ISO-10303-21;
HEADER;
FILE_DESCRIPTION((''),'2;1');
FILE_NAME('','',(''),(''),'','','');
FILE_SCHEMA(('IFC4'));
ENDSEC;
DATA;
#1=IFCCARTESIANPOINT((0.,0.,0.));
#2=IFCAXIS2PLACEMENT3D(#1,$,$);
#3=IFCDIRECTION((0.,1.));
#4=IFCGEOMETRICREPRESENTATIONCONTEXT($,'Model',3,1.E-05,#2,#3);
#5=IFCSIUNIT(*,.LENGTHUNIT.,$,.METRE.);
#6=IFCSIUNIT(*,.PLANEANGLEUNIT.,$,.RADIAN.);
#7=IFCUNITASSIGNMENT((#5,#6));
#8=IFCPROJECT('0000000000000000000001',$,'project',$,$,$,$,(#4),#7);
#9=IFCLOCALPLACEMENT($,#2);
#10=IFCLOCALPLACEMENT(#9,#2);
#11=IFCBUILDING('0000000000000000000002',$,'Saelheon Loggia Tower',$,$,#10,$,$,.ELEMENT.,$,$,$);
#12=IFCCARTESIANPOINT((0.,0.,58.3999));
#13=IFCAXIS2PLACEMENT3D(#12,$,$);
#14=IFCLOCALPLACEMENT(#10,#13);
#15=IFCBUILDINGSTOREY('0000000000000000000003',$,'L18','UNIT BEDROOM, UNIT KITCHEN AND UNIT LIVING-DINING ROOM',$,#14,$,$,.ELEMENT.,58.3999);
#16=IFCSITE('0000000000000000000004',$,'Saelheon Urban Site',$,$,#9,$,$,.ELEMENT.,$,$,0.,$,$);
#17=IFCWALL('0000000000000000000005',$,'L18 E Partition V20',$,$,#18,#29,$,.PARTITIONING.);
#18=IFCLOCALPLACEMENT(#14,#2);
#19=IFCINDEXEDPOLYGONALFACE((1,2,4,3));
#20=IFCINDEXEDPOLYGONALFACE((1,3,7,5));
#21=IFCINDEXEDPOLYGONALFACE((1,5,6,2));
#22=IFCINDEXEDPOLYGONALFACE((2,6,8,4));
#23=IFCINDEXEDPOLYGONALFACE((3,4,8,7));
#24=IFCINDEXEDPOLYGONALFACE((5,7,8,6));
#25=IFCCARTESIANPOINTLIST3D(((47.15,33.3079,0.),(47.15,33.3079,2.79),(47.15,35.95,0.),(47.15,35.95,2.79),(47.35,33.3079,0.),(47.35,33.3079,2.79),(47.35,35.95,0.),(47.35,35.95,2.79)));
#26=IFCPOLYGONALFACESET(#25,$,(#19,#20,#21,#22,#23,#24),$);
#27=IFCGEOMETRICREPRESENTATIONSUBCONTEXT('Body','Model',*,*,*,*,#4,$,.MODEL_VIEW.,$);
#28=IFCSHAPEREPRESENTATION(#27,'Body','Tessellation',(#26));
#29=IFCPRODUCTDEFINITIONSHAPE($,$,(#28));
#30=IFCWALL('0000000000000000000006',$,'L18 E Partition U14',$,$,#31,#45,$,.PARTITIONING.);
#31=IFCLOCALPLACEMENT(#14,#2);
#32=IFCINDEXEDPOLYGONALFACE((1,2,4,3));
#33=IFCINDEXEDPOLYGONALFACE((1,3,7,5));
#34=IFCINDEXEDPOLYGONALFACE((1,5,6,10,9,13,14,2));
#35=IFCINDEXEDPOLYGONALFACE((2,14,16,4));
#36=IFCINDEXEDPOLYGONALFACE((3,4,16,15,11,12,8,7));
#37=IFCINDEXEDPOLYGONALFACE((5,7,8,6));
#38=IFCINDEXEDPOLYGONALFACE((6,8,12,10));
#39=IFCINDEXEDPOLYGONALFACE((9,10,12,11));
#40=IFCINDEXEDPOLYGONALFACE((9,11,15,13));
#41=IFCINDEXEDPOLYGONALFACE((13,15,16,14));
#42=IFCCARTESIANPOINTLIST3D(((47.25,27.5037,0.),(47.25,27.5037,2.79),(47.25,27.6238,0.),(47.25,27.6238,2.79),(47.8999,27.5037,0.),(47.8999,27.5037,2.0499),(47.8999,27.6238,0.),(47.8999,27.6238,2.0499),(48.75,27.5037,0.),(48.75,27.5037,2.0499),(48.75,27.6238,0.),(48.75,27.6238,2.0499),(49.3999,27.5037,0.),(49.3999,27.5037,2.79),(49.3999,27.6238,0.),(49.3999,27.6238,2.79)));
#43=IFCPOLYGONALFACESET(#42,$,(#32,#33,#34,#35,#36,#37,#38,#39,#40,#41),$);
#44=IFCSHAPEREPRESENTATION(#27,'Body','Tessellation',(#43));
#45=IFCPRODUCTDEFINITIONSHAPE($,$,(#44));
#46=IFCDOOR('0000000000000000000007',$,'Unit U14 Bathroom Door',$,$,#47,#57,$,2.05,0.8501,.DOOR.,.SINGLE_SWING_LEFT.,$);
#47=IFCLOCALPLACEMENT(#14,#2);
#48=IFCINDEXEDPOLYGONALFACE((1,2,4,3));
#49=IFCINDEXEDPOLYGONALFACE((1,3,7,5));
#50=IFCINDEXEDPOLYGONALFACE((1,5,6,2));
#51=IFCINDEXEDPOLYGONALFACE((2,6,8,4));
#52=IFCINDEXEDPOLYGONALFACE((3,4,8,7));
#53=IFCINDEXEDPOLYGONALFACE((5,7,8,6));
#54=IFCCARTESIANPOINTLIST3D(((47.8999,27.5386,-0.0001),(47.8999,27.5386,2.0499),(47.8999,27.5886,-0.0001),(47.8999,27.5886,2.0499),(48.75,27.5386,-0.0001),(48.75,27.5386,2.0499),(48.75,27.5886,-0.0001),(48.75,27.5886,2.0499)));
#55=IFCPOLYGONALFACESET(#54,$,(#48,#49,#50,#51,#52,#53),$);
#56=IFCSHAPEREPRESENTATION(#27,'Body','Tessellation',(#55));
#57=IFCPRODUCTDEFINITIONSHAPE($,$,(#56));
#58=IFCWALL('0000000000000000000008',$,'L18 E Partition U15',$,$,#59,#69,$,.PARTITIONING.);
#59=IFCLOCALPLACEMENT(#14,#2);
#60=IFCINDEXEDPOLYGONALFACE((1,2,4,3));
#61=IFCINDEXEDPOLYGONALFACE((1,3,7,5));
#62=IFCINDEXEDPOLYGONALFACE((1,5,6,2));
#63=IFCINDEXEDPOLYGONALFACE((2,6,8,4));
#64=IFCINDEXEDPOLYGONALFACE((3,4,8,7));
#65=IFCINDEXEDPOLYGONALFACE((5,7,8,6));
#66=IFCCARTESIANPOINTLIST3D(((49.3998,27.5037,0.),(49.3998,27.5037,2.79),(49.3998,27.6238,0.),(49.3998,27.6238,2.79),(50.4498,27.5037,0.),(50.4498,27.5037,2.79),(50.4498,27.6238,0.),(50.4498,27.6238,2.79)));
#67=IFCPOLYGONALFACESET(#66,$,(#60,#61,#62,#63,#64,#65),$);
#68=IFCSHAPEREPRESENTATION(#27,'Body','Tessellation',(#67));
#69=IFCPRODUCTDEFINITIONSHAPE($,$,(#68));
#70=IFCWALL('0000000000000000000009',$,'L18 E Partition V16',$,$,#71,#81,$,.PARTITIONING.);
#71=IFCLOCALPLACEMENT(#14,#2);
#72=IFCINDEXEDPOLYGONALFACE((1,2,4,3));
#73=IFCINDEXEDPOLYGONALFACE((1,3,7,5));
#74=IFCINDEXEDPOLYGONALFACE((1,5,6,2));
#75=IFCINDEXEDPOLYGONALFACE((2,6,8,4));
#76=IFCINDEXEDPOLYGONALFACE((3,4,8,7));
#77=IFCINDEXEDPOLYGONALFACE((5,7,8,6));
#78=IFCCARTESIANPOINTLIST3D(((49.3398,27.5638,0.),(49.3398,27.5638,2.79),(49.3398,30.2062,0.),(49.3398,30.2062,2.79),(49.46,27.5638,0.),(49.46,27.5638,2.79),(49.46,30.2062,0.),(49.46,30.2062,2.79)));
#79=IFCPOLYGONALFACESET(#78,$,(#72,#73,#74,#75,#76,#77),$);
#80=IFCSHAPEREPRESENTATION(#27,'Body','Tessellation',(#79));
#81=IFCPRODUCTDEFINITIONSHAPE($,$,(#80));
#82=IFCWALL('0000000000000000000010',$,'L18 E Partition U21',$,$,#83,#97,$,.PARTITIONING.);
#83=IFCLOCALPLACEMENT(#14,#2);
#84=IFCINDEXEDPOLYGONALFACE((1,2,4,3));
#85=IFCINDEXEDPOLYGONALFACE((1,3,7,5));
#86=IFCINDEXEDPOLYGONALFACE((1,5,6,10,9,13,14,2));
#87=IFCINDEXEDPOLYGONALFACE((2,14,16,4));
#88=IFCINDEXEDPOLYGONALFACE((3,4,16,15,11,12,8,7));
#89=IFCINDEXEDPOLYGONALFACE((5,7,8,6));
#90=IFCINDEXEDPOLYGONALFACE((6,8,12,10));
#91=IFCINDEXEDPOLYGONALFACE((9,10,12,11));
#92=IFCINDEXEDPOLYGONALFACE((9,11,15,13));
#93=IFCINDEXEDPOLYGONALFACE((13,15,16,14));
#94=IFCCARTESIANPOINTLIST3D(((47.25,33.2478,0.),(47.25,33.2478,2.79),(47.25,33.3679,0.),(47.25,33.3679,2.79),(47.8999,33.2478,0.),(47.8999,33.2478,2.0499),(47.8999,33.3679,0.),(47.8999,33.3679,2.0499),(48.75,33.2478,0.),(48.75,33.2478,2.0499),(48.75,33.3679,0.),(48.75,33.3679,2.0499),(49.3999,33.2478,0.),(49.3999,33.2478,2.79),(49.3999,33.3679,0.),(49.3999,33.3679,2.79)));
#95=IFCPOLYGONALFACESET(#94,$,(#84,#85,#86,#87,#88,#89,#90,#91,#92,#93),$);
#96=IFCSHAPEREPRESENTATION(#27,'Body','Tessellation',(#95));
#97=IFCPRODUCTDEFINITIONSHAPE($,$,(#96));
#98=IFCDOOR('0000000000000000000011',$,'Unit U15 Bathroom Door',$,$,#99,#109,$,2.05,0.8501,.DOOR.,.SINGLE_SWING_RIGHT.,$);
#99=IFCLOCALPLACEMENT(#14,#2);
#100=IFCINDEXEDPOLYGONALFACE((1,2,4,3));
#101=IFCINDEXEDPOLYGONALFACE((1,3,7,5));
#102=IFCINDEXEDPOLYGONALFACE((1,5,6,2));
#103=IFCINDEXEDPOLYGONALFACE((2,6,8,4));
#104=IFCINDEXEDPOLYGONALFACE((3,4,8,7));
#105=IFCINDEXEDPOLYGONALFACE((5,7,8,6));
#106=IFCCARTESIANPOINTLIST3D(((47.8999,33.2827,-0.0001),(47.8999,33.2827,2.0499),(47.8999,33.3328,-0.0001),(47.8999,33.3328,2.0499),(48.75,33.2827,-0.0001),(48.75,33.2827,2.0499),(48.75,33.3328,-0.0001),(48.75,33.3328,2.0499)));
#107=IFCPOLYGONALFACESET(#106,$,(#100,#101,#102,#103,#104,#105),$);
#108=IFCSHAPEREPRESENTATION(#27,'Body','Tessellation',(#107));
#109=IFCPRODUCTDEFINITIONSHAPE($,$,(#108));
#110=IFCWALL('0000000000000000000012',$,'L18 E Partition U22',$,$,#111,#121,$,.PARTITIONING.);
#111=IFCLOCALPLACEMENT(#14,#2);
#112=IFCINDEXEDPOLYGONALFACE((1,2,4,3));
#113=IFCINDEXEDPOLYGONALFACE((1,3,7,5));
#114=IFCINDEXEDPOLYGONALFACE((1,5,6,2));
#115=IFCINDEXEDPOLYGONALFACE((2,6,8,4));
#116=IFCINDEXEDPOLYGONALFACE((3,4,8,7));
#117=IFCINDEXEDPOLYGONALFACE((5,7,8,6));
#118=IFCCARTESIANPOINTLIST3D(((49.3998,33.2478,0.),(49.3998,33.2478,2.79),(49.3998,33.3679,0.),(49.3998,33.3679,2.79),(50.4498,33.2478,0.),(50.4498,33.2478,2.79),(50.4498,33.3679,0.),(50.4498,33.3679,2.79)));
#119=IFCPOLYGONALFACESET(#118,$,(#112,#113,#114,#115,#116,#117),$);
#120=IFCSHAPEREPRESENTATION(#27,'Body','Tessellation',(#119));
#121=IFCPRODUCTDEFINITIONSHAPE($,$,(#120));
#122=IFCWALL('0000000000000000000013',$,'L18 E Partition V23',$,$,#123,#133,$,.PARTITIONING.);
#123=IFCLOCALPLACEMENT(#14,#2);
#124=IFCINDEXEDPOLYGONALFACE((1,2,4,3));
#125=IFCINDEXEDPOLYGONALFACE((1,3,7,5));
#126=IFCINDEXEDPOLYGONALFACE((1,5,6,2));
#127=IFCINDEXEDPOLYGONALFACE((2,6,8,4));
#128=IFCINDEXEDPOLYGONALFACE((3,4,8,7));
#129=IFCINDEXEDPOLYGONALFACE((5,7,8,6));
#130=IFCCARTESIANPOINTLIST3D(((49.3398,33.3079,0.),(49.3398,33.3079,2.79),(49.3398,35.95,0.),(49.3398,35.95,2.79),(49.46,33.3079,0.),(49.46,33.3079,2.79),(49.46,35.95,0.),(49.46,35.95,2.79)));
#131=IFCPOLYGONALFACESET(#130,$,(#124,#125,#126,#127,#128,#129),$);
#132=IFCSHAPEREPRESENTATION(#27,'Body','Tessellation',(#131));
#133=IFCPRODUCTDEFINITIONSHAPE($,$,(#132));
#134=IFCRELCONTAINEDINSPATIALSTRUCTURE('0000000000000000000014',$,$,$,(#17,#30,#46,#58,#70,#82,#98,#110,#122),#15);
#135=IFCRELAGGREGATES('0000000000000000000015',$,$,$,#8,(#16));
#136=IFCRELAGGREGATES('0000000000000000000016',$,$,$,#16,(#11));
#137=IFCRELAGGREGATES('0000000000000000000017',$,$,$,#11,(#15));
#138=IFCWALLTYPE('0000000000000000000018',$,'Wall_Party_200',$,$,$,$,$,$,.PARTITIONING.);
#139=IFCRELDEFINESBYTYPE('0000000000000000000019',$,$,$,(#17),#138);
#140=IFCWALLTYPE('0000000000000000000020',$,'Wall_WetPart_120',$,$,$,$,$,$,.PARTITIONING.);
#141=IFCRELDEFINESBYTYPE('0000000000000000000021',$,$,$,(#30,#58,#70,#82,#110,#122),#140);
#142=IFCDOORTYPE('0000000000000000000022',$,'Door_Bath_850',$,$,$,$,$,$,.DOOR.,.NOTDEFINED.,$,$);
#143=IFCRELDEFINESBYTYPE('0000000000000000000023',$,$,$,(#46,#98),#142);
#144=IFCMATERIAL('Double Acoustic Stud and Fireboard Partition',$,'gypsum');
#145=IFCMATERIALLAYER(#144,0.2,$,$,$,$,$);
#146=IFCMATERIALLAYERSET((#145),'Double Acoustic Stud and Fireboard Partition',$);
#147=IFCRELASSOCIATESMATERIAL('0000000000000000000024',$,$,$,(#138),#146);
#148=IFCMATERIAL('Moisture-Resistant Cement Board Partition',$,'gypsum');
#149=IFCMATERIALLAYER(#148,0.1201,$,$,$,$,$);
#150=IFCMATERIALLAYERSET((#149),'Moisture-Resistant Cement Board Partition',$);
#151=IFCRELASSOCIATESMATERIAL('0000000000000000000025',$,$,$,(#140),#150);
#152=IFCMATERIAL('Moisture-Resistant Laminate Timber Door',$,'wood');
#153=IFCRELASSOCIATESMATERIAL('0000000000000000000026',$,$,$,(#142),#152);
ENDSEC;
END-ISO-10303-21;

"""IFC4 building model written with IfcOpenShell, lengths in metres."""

from ifc_helpers import new_model, si_unit, direction, frame, frame_2d, origin, place, context, subcontext, project, spatial, rectangle, extrude, source, transform, mapped, material, layer, layer_set, type_object, element, fill, save


model = new_model("IFC4")

# Units and contexts
model_context = context("Model", 3, precision=1e-05, world=origin(), true_north=direction((0.0, 1.0)))
body_context = subcontext(model_context, "Body", "Model", "MODEL_VIEW")
ifc_project = project(units=[si_unit("LENGTHUNIT", "METRE"), si_unit("PLANEANGLEUNIT", "RADIAN")], contexts=[model_context])

# Site, building, storey
site_placement = place(None, origin())
site = spatial("IfcSite", under=ifc_project, at=site_placement, Name="Saelheon Urban Site", CompositionType="ELEMENT", RefElevation=0.0)
building_placement = place(site_placement, origin())
building = spatial("IfcBuilding", under=site, at=building_placement, Name="Saelheon Loggia Tower", CompositionType="ELEMENT")
storey_placement = place(building_placement, frame((0.0, 0.0, 58.3999)))
storey = spatial("IfcBuildingStorey", under=building, at=storey_placement, Name="L18", Description="UNIT BEDROOM, UNIT KITCHEN AND UNIT LIVING-DINING ROOM", CompositionType="ELEMENT", Elevation=58.3999)

# Shared definitions
ifc_material_1 = material(Name="Double Acoustic Stud and Fireboard Partition", Category="gypsum")
ifc_layer_1 = layer(ifc_material_1, 0.2)
ifc_layer_set_1 = layer_set([ifc_layer_1], Name="Double Acoustic Stud and Fireboard Partition")
wall_type_1 = type_object("IfcWallType", Name="Wall_Party_200", PredefinedType="PARTITIONING", material=ifc_layer_set_1)

# Wall
wall_1_placement = place(storey_placement, frame((47.25, 33.3079, 0.0), z_axis=(0.0, 0.0, 1.0), x_axis=(0.0, 1.0, 0.0)))
element("IfcWall", 1, at=wall_1_placement, inside=storey, type_object=wall_type_1, Name="L18 E Partition V20", PredefinedType="PARTITIONING", context=body_context, shape_type="SweptSolid", body=[
    extrude(rectangle(XDim=2.6421, YDim=0.2, at=frame_2d((1.321, 0.0))), origin(), (0.0, 0.0, 1.0), 2.79),
])

# Wall, opening, door
ifc_material_2 = material(Name="Moisture-Resistant Cement Board Partition", Category="gypsum")
ifc_layer_2 = layer(ifc_material_2, 0.1201)
ifc_layer_set_2 = layer_set([ifc_layer_2], Name="Moisture-Resistant Cement Board Partition")
wall_type_2 = type_object("IfcWallType", Name="Wall_WetPart_120", PredefinedType="PARTITIONING", material=ifc_layer_set_2)
wall_2_placement = place(storey_placement, frame((47.25, 27.5637, 0.0), z_axis=(0.0, 0.0, 1.0), x_axis=(1.0, 0.0, 0.0)))
wall_2 = element("IfcWall", 2, at=wall_2_placement, inside=storey, type_object=wall_type_2, Name="L18 E Partition U14", PredefinedType="PARTITIONING", context=body_context, shape_type="SweptSolid", body=[
    extrude(rectangle(XDim=2.1499, YDim=0.1201, at=frame_2d((1.075, 0.0))), origin(), (0.0, 0.0, 1.0), 2.79),
])
opening_1_placement = place(wall_2_placement, frame((0.6499, 0.0, 0.0)))
opening_1 = element("IfcOpeningElement", 3, at=opening_1_placement, cuts=wall_2, PredefinedType="OPENING", context=body_context, shape_type="SweptSolid", body=[
    extrude(rectangle(XDim=0.8501, YDim=2.05, at=frame_2d((0.425, 1.0249))), frame((0.0, 0.072, 0.0), z_axis=(0.0, -1.0, 0.0), x_axis=(1.0, 0.0, 0.0)), (0.0, 0.0, 1.0), 0.144),
])
ifc_material_3 = material(Name="Moisture-Resistant Laminate Timber Door", Category="wood")
door_type_1 = type_object("IfcDoorType", Name="Door_Bath_850", OperationType="NOTDEFINED", PredefinedType="DOOR", material=ifc_material_3)
shared_shape_1 = source(origin(), body_context, "Body", "SweptSolid", [
    extrude(rectangle(XDim=0.8501, YDim=2.05, at=frame_2d((0.425, 1.0249))), frame((0.0, 0.0249, 0.0), z_axis=(0.0, -1.0, 0.0), x_axis=(1.0, 0.0, 0.0)), (0.0, 0.0, 1.0), 0.05),
])
door_1_placement = place(opening_1_placement, origin())
door_1 = element("IfcDoor", 4, at=door_1_placement, inside=storey, type_object=door_type_1, Name="Unit U14 Bathroom Door", OperationType="SINGLE_SWING_LEFT", OverallHeight=2.05, OverallWidth=0.8501, PredefinedType="DOOR", context=body_context, shape_type="MappedRepresentation", body=[
    mapped(shared_shape_1, transform((0.0, 0.0, 0.0), scale=1.0)),
])
fill(opening_1, door_1)

# Walls
wall_3_placement = place(storey_placement, frame((49.3999, 27.5637, 0.0), z_axis=(0.0, 0.0, 1.0), x_axis=(1.0, 0.0, 0.0)))
element("IfcWall", 5, at=wall_3_placement, inside=storey, type_object=wall_type_2, Name="L18 E Partition U15", PredefinedType="PARTITIONING", context=body_context, shape_type="SweptSolid", body=[
    extrude(rectangle(XDim=1.05, YDim=0.1201, at=frame_2d((0.5249, 0.0))), origin(), (0.0, 0.0, 1.0), 2.79),
])
wall_4_placement = place(storey_placement, frame((49.3999, 27.5637, 0.0), z_axis=(0.0, 0.0, 1.0), x_axis=(0.0, 1.0, 0.0)))
element("IfcWall", 6, at=wall_4_placement, inside=storey, type_object=wall_type_2, Name="L18 E Partition V16", PredefinedType="PARTITIONING", context=body_context, shape_type="SweptSolid", body=[
    extrude(rectangle(XDim=2.6423, YDim=0.1201, at=frame_2d((1.3213, 0.0))), origin(), (0.0, 0.0, 1.0), 2.79),
])

# Wall, opening, door
wall_5_placement = place(storey_placement, frame((47.25, 33.3079, 0.0), z_axis=(0.0, 0.0, 1.0), x_axis=(1.0, 0.0, 0.0)))
wall_5 = element("IfcWall", 7, at=wall_5_placement, inside=storey, type_object=wall_type_2, Name="L18 E Partition U21", PredefinedType="PARTITIONING", context=body_context, shape_type="SweptSolid", body=[
    extrude(rectangle(XDim=2.1499, YDim=0.1201, at=frame_2d((1.075, 0.0))), origin(), (0.0, 0.0, 1.0), 2.79),
])
opening_2_placement = place(wall_5_placement, frame((0.6499, 0.0, 0.0)))
opening_2 = element("IfcOpeningElement", 8, at=opening_2_placement, cuts=wall_5, PredefinedType="OPENING", context=body_context, shape_type="SweptSolid", body=[
    extrude(rectangle(XDim=0.8501, YDim=2.05, at=frame_2d((0.425, 1.0249))), frame((0.0, 0.072, 0.0), z_axis=(0.0, -1.0, 0.0), x_axis=(1.0, 0.0, 0.0)), (0.0, 0.0, 1.0), 0.144),
])
door_2_placement = place(opening_2_placement, origin())
door_2 = element("IfcDoor", 9, at=door_2_placement, inside=storey, type_object=door_type_1, Name="Unit U15 Bathroom Door", OperationType="SINGLE_SWING_RIGHT", OverallHeight=2.05, OverallWidth=0.8501, PredefinedType="DOOR", context=body_context, shape_type="MappedRepresentation", body=[
    mapped(shared_shape_1, transform((0.0, 0.0, 0.0), scale=1.0)),
])
fill(opening_2, door_2)

# Walls
wall_6_placement = place(storey_placement, frame((49.3999, 33.3079, 0.0), z_axis=(0.0, 0.0, 1.0), x_axis=(1.0, 0.0, 0.0)))
element("IfcWall", 10, at=wall_6_placement, inside=storey, type_object=wall_type_2, Name="L18 E Partition U22", PredefinedType="PARTITIONING", context=body_context, shape_type="SweptSolid", body=[
    extrude(rectangle(XDim=1.05, YDim=0.1201, at=frame_2d((0.5249, 0.0))), origin(), (0.0, 0.0, 1.0), 2.79),
])
wall_7_placement = place(storey_placement, frame((49.3999, 33.3079, 0.0), z_axis=(0.0, 0.0, 1.0), x_axis=(0.0, 1.0, 0.0)))
element("IfcWall", 11, at=wall_7_placement, inside=storey, type_object=wall_type_2, Name="L18 E Partition V23", PredefinedType="PARTITIONING", context=body_context, shape_type="SweptSolid", body=[
    extrude(rectangle(XDim=2.6421, YDim=0.1201, at=frame_2d((1.321, 0.0))), origin(), (0.0, 0.0, 1.0), 2.79),
])

save(model, "model.ifc")
